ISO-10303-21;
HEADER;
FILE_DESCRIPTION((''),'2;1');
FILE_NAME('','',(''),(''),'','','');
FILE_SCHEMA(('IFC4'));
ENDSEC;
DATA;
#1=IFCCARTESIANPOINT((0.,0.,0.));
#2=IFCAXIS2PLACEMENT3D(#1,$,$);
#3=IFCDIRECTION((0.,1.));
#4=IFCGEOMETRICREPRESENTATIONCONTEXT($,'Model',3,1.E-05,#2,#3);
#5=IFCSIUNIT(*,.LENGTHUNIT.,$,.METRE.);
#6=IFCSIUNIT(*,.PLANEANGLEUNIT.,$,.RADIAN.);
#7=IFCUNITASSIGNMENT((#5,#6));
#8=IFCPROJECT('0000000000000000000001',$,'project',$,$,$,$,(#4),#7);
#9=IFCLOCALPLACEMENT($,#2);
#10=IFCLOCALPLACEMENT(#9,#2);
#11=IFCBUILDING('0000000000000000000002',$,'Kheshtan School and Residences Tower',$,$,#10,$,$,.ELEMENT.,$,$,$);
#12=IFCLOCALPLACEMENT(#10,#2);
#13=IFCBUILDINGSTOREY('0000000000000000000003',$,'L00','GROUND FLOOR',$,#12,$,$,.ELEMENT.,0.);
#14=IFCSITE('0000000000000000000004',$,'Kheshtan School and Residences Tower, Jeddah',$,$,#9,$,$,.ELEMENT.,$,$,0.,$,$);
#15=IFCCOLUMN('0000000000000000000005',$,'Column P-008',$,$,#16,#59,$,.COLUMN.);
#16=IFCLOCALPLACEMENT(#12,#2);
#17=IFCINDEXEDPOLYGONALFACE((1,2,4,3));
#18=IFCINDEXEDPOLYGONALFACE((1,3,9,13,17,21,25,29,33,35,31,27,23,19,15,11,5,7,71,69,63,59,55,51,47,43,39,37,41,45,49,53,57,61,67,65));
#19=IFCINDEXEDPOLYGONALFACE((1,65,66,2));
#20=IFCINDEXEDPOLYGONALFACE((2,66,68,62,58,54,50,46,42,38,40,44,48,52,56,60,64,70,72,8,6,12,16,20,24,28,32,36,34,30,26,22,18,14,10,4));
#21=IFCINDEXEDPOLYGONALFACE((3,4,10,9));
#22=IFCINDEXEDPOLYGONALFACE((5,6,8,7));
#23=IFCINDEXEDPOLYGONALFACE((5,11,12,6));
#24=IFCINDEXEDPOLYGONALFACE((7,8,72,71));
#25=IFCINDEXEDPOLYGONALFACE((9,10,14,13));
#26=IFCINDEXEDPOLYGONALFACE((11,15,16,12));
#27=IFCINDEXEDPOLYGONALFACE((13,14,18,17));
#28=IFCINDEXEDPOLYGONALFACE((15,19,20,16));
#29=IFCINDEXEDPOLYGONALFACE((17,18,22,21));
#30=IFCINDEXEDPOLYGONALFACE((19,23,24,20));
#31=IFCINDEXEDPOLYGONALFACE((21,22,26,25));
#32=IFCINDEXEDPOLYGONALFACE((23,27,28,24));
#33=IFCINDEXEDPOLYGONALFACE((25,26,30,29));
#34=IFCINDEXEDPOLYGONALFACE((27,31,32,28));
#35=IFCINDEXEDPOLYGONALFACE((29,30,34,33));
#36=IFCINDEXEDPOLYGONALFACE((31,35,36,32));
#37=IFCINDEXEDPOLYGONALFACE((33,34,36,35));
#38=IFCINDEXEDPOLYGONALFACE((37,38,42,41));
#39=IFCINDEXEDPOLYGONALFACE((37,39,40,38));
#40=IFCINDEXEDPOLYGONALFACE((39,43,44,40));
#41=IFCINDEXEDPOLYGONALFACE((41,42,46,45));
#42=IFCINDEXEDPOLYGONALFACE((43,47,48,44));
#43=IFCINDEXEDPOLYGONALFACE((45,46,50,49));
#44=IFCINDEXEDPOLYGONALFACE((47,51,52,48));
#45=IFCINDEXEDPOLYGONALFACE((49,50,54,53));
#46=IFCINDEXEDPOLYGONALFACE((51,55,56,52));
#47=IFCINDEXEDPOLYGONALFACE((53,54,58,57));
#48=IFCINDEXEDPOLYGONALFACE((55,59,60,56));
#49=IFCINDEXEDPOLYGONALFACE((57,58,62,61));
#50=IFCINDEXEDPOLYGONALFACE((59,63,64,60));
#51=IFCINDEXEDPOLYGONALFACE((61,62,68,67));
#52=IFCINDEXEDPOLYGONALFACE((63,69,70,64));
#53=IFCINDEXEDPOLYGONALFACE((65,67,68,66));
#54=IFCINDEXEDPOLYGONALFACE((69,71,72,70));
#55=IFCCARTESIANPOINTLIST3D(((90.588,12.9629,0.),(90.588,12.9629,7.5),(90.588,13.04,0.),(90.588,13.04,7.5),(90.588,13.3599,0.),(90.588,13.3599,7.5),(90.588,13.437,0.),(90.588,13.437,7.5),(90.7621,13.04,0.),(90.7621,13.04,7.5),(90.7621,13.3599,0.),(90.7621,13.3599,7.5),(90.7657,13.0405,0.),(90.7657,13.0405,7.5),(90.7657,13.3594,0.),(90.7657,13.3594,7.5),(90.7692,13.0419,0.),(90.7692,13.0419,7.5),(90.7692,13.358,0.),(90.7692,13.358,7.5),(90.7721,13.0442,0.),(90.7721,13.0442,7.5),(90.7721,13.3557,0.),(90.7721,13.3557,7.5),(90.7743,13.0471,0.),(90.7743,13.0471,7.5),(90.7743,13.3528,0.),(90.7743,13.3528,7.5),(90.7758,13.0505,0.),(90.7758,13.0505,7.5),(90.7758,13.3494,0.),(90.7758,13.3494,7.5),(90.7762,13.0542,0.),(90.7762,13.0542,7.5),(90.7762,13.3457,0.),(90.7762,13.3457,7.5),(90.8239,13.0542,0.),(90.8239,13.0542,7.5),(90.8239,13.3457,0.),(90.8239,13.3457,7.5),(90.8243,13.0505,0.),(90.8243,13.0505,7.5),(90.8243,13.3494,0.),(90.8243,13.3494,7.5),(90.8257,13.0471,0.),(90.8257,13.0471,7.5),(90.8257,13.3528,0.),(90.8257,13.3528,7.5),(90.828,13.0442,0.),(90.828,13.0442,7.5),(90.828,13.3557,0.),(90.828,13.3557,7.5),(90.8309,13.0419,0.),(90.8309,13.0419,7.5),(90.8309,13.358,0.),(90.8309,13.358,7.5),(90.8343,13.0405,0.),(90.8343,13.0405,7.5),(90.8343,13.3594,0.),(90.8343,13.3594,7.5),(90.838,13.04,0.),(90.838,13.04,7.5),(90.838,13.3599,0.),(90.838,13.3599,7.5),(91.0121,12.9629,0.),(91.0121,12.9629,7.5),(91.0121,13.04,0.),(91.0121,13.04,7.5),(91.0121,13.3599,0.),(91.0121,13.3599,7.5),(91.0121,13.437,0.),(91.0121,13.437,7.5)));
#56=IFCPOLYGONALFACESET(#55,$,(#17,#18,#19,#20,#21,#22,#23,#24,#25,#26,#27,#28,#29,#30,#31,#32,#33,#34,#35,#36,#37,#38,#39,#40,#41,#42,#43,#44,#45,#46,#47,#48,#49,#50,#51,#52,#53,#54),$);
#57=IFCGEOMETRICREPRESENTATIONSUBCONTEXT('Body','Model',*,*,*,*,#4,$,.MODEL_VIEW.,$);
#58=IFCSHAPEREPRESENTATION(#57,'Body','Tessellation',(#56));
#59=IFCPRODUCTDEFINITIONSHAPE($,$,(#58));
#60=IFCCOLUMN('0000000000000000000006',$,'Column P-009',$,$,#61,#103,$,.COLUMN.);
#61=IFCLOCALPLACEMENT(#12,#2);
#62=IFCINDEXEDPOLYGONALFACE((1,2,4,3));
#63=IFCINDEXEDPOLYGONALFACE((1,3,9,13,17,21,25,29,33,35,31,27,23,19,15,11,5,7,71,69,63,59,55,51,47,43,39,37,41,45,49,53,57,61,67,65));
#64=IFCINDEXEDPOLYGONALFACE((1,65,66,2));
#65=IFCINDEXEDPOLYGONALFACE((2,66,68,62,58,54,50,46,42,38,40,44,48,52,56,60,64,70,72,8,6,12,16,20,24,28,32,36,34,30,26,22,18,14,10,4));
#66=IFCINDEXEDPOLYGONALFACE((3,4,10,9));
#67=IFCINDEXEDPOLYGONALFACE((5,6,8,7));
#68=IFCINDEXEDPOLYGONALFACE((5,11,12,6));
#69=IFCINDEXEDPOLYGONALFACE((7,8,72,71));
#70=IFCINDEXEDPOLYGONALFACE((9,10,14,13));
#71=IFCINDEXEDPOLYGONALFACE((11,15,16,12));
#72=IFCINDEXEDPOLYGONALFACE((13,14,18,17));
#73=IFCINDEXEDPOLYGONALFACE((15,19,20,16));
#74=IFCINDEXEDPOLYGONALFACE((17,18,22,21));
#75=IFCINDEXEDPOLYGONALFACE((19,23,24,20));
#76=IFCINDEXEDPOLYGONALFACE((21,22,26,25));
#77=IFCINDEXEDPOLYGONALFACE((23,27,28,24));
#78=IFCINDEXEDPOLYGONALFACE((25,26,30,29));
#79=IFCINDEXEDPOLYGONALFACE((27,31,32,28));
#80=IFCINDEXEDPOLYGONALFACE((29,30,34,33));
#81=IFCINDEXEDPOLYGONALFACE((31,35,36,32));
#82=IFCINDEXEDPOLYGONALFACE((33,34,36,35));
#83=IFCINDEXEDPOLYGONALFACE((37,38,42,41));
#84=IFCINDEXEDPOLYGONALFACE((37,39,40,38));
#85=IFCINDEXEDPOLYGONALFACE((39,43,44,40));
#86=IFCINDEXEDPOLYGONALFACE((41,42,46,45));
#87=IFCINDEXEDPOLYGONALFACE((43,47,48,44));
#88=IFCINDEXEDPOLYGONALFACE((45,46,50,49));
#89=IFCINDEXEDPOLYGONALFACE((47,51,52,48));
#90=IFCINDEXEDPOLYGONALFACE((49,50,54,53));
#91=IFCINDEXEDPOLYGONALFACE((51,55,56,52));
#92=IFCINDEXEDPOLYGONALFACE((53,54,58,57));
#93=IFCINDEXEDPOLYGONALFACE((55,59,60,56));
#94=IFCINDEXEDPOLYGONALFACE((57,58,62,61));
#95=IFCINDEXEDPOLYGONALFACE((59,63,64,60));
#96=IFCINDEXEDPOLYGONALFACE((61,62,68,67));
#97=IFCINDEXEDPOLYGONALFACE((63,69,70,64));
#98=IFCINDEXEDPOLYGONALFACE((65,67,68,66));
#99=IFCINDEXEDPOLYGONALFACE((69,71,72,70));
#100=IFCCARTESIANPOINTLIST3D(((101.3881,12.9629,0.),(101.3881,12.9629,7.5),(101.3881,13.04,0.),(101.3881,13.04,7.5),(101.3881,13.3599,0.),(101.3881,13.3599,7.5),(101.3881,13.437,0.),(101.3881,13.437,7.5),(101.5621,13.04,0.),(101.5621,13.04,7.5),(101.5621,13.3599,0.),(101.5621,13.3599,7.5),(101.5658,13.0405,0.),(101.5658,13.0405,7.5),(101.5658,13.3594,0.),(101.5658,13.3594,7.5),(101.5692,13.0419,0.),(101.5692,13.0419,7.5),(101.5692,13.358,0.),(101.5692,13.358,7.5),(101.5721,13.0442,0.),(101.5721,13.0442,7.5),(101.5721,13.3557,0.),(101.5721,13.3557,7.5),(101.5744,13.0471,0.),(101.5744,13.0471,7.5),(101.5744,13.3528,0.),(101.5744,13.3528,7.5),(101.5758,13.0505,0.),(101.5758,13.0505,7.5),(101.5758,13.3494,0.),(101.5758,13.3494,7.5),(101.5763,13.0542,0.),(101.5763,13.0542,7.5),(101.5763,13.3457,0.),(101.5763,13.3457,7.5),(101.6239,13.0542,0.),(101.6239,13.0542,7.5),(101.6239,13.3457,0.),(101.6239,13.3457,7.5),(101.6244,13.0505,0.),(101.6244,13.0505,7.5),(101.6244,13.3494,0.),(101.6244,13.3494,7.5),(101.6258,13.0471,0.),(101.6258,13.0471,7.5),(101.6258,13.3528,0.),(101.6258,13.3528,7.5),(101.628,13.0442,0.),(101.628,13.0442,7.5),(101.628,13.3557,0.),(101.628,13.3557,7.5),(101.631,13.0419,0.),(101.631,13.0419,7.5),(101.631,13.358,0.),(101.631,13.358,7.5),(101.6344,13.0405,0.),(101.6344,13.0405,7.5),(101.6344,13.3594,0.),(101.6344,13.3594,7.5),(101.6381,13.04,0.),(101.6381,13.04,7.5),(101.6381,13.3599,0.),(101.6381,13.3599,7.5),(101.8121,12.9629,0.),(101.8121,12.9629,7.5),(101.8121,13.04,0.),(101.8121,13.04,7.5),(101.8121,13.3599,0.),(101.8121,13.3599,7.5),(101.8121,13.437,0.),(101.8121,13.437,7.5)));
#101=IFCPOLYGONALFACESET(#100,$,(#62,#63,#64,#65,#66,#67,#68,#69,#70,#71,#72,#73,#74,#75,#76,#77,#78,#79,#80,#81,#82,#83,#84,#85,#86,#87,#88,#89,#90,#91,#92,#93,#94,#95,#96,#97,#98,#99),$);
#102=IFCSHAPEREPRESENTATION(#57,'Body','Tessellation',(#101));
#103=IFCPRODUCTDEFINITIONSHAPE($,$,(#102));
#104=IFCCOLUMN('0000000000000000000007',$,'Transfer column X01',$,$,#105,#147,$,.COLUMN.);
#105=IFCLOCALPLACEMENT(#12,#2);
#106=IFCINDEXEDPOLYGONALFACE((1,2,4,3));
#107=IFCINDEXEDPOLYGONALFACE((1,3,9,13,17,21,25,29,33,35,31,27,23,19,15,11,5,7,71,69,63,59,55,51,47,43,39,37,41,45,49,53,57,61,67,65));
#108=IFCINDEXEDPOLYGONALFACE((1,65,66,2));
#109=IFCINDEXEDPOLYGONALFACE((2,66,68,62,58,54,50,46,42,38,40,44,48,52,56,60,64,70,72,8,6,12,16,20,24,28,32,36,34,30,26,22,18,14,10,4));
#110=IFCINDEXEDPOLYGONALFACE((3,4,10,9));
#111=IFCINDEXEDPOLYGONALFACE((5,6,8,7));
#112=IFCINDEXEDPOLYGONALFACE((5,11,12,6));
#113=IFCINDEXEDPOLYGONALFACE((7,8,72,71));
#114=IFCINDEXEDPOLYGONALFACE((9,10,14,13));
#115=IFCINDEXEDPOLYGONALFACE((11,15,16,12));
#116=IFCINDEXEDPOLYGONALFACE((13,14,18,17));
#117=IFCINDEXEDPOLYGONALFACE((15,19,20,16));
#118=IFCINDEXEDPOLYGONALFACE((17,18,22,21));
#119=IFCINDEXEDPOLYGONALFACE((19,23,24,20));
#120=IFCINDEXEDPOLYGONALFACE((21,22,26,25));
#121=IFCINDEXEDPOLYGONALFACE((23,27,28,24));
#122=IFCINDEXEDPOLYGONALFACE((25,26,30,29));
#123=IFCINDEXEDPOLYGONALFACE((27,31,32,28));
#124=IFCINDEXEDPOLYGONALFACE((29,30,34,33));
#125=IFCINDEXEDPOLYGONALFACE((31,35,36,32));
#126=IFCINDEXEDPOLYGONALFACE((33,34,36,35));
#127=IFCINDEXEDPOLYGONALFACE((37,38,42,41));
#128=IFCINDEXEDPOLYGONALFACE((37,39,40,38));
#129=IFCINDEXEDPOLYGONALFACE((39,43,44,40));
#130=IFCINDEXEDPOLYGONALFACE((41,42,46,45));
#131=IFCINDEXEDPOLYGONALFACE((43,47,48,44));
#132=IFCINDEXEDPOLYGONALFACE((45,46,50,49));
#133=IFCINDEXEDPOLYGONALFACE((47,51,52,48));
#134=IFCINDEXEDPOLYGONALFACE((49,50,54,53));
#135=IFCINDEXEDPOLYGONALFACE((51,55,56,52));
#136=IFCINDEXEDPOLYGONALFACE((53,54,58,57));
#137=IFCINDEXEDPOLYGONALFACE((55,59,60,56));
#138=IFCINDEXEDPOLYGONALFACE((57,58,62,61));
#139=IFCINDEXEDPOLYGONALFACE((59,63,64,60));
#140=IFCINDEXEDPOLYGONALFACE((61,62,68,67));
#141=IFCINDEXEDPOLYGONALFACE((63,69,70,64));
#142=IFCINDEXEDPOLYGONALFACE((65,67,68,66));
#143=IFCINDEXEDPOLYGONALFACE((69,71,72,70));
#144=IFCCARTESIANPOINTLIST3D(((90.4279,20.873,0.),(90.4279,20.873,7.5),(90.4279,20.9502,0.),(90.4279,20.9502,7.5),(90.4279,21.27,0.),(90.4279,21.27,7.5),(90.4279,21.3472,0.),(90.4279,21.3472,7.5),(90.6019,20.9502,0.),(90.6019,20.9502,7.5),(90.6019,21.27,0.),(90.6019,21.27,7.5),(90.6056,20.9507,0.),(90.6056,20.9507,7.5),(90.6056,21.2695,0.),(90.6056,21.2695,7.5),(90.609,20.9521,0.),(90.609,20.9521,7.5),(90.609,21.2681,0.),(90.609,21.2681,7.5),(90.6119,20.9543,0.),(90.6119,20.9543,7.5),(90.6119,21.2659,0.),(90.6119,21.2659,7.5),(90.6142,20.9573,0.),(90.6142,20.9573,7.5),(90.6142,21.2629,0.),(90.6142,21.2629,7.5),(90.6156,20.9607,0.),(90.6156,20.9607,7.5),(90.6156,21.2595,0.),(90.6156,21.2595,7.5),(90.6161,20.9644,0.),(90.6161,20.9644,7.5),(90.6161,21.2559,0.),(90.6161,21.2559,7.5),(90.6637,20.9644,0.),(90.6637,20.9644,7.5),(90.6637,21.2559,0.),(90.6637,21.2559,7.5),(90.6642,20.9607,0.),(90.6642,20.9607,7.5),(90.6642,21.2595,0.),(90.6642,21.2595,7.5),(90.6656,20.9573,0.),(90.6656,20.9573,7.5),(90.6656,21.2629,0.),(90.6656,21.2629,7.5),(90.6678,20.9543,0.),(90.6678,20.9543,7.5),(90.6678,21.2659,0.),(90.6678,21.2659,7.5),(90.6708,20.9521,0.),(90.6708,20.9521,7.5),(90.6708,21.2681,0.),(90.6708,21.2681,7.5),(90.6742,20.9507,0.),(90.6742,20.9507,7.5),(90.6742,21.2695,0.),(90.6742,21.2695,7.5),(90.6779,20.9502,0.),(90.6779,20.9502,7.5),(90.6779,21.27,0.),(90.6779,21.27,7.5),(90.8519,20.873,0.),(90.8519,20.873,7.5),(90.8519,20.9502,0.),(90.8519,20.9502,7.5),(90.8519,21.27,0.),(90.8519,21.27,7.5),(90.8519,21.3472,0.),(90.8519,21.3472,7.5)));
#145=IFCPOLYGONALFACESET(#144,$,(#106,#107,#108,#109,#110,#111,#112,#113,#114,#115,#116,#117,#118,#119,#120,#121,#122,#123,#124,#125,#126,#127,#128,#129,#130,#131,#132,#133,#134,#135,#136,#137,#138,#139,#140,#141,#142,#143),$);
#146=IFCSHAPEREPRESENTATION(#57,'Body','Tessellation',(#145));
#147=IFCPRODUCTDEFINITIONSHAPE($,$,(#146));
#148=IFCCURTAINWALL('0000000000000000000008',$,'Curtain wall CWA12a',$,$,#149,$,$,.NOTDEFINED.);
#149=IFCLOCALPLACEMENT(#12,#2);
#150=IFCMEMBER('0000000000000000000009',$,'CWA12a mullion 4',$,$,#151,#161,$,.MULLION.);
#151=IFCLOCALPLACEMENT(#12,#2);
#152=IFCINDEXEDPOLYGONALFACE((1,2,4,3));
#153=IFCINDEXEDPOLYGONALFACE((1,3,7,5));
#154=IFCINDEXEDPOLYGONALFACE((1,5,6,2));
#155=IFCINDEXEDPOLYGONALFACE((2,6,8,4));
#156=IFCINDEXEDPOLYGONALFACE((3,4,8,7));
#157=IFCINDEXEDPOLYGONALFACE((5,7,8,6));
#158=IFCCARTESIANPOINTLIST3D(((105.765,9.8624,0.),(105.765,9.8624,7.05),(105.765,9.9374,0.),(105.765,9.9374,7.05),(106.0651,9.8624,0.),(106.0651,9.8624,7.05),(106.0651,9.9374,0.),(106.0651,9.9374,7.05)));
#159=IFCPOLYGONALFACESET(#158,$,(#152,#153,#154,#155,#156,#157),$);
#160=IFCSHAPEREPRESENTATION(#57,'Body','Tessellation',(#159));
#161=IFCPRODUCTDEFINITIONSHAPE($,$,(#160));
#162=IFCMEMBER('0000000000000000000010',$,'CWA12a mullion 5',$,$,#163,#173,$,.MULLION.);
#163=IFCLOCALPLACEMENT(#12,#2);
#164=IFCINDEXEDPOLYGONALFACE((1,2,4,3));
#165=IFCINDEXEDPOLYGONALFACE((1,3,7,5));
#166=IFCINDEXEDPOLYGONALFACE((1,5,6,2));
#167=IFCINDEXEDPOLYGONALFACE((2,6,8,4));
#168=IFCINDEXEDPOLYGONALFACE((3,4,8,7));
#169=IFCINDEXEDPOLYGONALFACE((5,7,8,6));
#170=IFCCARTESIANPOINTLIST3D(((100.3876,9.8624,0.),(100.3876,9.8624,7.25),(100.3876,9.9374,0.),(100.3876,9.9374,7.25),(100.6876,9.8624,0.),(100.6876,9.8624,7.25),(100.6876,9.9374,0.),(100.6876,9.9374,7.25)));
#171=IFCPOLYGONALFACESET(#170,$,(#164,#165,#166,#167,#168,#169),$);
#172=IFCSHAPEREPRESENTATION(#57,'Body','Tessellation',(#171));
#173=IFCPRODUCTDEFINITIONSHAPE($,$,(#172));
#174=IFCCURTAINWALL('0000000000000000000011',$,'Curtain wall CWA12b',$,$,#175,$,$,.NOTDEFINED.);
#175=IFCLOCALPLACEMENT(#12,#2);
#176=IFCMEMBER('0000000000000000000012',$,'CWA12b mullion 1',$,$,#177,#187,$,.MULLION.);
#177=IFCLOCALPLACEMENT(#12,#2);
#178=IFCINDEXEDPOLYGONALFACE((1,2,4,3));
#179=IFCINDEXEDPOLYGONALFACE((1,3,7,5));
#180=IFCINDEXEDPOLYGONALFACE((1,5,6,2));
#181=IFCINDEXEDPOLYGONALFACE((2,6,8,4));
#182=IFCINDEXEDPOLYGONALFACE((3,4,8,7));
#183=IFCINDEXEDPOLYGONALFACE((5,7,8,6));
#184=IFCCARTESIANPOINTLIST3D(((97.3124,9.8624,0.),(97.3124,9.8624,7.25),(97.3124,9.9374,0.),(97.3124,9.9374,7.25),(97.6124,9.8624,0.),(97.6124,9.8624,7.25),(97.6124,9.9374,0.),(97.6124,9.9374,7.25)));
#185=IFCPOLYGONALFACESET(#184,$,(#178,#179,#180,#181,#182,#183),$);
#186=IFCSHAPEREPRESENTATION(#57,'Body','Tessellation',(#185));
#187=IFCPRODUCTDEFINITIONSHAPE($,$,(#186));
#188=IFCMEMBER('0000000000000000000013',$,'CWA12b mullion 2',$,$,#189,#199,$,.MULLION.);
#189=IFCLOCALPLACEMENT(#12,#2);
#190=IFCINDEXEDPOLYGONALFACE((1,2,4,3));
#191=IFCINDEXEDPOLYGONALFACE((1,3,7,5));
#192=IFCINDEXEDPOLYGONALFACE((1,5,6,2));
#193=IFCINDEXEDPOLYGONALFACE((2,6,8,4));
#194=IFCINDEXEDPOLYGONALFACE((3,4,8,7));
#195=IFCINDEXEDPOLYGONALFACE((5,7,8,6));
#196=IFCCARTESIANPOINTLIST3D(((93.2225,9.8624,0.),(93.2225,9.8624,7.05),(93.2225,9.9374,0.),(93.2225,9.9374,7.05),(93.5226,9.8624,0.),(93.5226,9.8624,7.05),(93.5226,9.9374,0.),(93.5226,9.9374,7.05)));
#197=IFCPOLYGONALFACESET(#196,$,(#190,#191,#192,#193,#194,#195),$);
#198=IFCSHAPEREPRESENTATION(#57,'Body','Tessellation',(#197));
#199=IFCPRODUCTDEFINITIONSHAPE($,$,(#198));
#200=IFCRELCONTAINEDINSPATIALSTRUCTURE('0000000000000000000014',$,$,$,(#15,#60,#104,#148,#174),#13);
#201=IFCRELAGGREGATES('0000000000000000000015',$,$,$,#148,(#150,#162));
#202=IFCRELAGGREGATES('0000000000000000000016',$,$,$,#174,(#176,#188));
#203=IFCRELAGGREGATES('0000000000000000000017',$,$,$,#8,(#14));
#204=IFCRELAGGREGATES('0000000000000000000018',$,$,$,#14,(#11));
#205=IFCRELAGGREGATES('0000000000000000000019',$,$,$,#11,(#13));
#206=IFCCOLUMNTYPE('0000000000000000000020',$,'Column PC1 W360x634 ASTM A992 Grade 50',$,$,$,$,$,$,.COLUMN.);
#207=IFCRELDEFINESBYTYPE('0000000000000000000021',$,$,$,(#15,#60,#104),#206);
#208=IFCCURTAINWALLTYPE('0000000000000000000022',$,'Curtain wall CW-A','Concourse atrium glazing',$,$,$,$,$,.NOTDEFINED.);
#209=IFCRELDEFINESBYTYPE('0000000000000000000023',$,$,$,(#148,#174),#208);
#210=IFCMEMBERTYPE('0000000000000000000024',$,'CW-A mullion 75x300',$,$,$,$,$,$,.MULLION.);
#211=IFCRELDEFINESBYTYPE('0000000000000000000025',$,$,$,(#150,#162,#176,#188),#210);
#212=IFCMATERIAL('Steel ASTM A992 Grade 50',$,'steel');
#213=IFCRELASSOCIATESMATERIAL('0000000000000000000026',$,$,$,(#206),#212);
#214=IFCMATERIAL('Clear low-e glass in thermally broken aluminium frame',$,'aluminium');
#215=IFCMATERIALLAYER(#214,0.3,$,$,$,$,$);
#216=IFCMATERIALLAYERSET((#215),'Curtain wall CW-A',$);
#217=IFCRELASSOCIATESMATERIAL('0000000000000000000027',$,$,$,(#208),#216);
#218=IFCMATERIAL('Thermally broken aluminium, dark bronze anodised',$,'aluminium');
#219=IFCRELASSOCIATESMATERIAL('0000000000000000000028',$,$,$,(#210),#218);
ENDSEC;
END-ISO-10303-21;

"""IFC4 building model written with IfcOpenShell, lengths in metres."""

from ifc_helpers import new_model, si_unit, direction, frame, origin, origin_2d, place, context, subcontext, project, spatial, rectangle, i_section, extrude, material, layer, layer_set, material_profile, profile_set, type_object, element, aggregate, save


model = new_model("IFC4")

# Units and contexts
model_context = context("Model", 3, precision=1e-05, world=origin(), true_north=direction((0.0, 1.0)))
body_context = subcontext(model_context, "Body", "Model", "MODEL_VIEW")
ifc_project = project(units=[si_unit("LENGTHUNIT", "METRE"), si_unit("PLANEANGLEUNIT", "RADIAN")], contexts=[model_context])

# Site, building, storey
site_placement = place(None, origin())
site = spatial("IfcSite", under=ifc_project, at=site_placement, Name="Kheshtan School and Residences Tower, Jeddah", CompositionType="ELEMENT", RefElevation=0.0)
building_placement = place(site_placement, origin())
building = spatial("IfcBuilding", under=site, at=building_placement, Name="Kheshtan School and Residences Tower", CompositionType="ELEMENT")
storey_placement = place(building_placement, origin())
storey = spatial("IfcBuildingStorey", under=building, at=storey_placement, Name="L00", Description="GROUND FLOOR", CompositionType="ELEMENT", Elevation=0.0)

# Columns
ifc_material_1 = material(Name="Steel ASTM A992 Grade 50", Category="steel")
ifc_material_profile_1 = material_profile(ifc_material_1, i_section(OverallWidth=0.4241, OverallDepth=0.4741, WebThickness=0.0476, FlangeThickness=0.0771, FilletRadius=0.0142, at=origin_2d()), Name="W360x634")
ifc_profile_set_1 = profile_set([ifc_material_profile_1], Name="Steel ASTM A992 Grade 50")
column_type = type_object("IfcColumnType", Name="Column PC1 W360x634 ASTM A992 Grade 50", PredefinedType="COLUMN", material=ifc_profile_set_1)
for number, where, z_axis, x_axis, name in (
    (1, (90.8, 13.2, 0.0), (0.0, 0.0, 1.0), (1.0, 0.0, 0.0), "Column P-008"),
    (2, (101.6001, 13.2, 0.0), (0.0, 0.0, 1.0), (1.0, 0.0, 0.0), "Column P-009"),
    (3, (90.6399, 21.1101, 0.0), (0.0, 0.0, 1.0), (1.0, 0.0, 0.0), "Transfer column X01"),
):
    element("IfcColumn", number, at=place(storey_placement, frame(where, z_axis=z_axis, x_axis=x_axis)), inside=storey, type_object=column_type, Name=name, PredefinedType="COLUMN", context=body_context, shape_type="SweptSolid", body=[
        extrude(i_section(OverallWidth=0.4241, OverallDepth=0.4741, WebThickness=0.0476, FlangeThickness=0.0771, FilletRadius=0.0142, at=origin_2d()), origin(), (0.0, 0.0, 1.0), 7.5),
    ])

# Curtain walls, members
ifc_material_2 = material(Name="Clear low-e glass in thermally broken aluminium frame", Category="aluminium")
ifc_layer_1 = layer(ifc_material_2, 0.3)
ifc_layer_set_1 = layer_set([ifc_layer_1], Name="Curtain wall CW-A")
curtain_wall_type = type_object("IfcCurtainWallType", Name="Curtain wall CW-A", Description="Concourse atrium glazing", PredefinedType="NOTDEFINED", material=ifc_layer_set_1)
curtain_wall_1_placement = place(storey_placement, origin())
curtain_wall_1 = element("IfcCurtainWall", 4, at=curtain_wall_1_placement, inside=storey, type_object=curtain_wall_type, Name="Curtain wall CWA12a", PredefinedType="NOTDEFINED")
ifc_material_3 = material(Name="Thermally broken aluminium, dark bronze anodised", Category="aluminium")
ifc_material_profile_2 = material_profile(ifc_material_3, rectangle(XDim=0.075, YDim=0.3, at=origin_2d()), Name="CW-A mullion 75x300")
ifc_profile_set_2 = profile_set([ifc_material_profile_2], Name="Thermally broken aluminium, dark bronze anodised")
member_type_1 = type_object("IfcMemberType", Name="CW-A mullion 75x300", PredefinedType="MULLION", material=ifc_profile_set_2)
member_1_placement = place(storey_placement, frame((105.915, 9.8999, 0.0), z_axis=(0.0, 0.0, 1.0), x_axis=(0.0, -1.0, 0.0)))
member_1 = element("IfcMember", 5, at=member_1_placement, type_object=member_type_1, Name="CWA12a mullion 4", PredefinedType="MULLION", context=body_context, shape_type="SweptSolid", body=[
    extrude(rectangle(XDim=0.075, YDim=0.3, at=origin_2d()), origin(), (0.0, 0.0, 1.0), 7.05),
])
member_2_placement = place(storey_placement, frame((100.5376, 9.8999, 0.0), z_axis=(0.0, 0.0, 1.0), x_axis=(0.0, -1.0, 0.0)))
member_2 = element("IfcMember", 6, at=member_2_placement, type_object=member_type_1, Name="CWA12a mullion 5", PredefinedType="MULLION", context=body_context, shape_type="SweptSolid", body=[
    extrude(rectangle(XDim=0.075, YDim=0.3, at=origin_2d()), origin(), (0.0, 0.0, 1.0), 7.25),
])
curtain_wall_2_placement = place(storey_placement, origin())
curtain_wall_2 = element("IfcCurtainWall", 7, at=curtain_wall_2_placement, inside=storey, type_object=curtain_wall_type, Name="Curtain wall CWA12b", PredefinedType="NOTDEFINED")
member_3_placement = place(storey_placement, frame((97.4624, 9.8999, 0.0), z_axis=(0.0, 0.0, 1.0), x_axis=(0.0, -1.0, 0.0)))
member_3 = element("IfcMember", 8, at=member_3_placement, type_object=member_type_1, Name="CWA12b mullion 1", PredefinedType="MULLION", context=body_context, shape_type="SweptSolid", body=[
    extrude(rectangle(XDim=0.075, YDim=0.3, at=origin_2d()), origin(), (0.0, 0.0, 1.0), 7.25),
])
member_4_placement = place(storey_placement, frame((93.3726, 9.8999, 0.0), z_axis=(0.0, 0.0, 1.0), x_axis=(0.0, -1.0, 0.0)))
member_4 = element("IfcMember", 9, at=member_4_placement, type_object=member_type_1, Name="CWA12b mullion 2", PredefinedType="MULLION", context=body_context, shape_type="SweptSolid", body=[
    extrude(rectangle(XDim=0.075, YDim=0.3, at=origin_2d()), origin(), (0.0, 0.0, 1.0), 7.05),
])

aggregate(curtain_wall_1, [member_1, member_2])
aggregate(curtain_wall_2, [member_3, member_4])

save(model, "model.ifc")
